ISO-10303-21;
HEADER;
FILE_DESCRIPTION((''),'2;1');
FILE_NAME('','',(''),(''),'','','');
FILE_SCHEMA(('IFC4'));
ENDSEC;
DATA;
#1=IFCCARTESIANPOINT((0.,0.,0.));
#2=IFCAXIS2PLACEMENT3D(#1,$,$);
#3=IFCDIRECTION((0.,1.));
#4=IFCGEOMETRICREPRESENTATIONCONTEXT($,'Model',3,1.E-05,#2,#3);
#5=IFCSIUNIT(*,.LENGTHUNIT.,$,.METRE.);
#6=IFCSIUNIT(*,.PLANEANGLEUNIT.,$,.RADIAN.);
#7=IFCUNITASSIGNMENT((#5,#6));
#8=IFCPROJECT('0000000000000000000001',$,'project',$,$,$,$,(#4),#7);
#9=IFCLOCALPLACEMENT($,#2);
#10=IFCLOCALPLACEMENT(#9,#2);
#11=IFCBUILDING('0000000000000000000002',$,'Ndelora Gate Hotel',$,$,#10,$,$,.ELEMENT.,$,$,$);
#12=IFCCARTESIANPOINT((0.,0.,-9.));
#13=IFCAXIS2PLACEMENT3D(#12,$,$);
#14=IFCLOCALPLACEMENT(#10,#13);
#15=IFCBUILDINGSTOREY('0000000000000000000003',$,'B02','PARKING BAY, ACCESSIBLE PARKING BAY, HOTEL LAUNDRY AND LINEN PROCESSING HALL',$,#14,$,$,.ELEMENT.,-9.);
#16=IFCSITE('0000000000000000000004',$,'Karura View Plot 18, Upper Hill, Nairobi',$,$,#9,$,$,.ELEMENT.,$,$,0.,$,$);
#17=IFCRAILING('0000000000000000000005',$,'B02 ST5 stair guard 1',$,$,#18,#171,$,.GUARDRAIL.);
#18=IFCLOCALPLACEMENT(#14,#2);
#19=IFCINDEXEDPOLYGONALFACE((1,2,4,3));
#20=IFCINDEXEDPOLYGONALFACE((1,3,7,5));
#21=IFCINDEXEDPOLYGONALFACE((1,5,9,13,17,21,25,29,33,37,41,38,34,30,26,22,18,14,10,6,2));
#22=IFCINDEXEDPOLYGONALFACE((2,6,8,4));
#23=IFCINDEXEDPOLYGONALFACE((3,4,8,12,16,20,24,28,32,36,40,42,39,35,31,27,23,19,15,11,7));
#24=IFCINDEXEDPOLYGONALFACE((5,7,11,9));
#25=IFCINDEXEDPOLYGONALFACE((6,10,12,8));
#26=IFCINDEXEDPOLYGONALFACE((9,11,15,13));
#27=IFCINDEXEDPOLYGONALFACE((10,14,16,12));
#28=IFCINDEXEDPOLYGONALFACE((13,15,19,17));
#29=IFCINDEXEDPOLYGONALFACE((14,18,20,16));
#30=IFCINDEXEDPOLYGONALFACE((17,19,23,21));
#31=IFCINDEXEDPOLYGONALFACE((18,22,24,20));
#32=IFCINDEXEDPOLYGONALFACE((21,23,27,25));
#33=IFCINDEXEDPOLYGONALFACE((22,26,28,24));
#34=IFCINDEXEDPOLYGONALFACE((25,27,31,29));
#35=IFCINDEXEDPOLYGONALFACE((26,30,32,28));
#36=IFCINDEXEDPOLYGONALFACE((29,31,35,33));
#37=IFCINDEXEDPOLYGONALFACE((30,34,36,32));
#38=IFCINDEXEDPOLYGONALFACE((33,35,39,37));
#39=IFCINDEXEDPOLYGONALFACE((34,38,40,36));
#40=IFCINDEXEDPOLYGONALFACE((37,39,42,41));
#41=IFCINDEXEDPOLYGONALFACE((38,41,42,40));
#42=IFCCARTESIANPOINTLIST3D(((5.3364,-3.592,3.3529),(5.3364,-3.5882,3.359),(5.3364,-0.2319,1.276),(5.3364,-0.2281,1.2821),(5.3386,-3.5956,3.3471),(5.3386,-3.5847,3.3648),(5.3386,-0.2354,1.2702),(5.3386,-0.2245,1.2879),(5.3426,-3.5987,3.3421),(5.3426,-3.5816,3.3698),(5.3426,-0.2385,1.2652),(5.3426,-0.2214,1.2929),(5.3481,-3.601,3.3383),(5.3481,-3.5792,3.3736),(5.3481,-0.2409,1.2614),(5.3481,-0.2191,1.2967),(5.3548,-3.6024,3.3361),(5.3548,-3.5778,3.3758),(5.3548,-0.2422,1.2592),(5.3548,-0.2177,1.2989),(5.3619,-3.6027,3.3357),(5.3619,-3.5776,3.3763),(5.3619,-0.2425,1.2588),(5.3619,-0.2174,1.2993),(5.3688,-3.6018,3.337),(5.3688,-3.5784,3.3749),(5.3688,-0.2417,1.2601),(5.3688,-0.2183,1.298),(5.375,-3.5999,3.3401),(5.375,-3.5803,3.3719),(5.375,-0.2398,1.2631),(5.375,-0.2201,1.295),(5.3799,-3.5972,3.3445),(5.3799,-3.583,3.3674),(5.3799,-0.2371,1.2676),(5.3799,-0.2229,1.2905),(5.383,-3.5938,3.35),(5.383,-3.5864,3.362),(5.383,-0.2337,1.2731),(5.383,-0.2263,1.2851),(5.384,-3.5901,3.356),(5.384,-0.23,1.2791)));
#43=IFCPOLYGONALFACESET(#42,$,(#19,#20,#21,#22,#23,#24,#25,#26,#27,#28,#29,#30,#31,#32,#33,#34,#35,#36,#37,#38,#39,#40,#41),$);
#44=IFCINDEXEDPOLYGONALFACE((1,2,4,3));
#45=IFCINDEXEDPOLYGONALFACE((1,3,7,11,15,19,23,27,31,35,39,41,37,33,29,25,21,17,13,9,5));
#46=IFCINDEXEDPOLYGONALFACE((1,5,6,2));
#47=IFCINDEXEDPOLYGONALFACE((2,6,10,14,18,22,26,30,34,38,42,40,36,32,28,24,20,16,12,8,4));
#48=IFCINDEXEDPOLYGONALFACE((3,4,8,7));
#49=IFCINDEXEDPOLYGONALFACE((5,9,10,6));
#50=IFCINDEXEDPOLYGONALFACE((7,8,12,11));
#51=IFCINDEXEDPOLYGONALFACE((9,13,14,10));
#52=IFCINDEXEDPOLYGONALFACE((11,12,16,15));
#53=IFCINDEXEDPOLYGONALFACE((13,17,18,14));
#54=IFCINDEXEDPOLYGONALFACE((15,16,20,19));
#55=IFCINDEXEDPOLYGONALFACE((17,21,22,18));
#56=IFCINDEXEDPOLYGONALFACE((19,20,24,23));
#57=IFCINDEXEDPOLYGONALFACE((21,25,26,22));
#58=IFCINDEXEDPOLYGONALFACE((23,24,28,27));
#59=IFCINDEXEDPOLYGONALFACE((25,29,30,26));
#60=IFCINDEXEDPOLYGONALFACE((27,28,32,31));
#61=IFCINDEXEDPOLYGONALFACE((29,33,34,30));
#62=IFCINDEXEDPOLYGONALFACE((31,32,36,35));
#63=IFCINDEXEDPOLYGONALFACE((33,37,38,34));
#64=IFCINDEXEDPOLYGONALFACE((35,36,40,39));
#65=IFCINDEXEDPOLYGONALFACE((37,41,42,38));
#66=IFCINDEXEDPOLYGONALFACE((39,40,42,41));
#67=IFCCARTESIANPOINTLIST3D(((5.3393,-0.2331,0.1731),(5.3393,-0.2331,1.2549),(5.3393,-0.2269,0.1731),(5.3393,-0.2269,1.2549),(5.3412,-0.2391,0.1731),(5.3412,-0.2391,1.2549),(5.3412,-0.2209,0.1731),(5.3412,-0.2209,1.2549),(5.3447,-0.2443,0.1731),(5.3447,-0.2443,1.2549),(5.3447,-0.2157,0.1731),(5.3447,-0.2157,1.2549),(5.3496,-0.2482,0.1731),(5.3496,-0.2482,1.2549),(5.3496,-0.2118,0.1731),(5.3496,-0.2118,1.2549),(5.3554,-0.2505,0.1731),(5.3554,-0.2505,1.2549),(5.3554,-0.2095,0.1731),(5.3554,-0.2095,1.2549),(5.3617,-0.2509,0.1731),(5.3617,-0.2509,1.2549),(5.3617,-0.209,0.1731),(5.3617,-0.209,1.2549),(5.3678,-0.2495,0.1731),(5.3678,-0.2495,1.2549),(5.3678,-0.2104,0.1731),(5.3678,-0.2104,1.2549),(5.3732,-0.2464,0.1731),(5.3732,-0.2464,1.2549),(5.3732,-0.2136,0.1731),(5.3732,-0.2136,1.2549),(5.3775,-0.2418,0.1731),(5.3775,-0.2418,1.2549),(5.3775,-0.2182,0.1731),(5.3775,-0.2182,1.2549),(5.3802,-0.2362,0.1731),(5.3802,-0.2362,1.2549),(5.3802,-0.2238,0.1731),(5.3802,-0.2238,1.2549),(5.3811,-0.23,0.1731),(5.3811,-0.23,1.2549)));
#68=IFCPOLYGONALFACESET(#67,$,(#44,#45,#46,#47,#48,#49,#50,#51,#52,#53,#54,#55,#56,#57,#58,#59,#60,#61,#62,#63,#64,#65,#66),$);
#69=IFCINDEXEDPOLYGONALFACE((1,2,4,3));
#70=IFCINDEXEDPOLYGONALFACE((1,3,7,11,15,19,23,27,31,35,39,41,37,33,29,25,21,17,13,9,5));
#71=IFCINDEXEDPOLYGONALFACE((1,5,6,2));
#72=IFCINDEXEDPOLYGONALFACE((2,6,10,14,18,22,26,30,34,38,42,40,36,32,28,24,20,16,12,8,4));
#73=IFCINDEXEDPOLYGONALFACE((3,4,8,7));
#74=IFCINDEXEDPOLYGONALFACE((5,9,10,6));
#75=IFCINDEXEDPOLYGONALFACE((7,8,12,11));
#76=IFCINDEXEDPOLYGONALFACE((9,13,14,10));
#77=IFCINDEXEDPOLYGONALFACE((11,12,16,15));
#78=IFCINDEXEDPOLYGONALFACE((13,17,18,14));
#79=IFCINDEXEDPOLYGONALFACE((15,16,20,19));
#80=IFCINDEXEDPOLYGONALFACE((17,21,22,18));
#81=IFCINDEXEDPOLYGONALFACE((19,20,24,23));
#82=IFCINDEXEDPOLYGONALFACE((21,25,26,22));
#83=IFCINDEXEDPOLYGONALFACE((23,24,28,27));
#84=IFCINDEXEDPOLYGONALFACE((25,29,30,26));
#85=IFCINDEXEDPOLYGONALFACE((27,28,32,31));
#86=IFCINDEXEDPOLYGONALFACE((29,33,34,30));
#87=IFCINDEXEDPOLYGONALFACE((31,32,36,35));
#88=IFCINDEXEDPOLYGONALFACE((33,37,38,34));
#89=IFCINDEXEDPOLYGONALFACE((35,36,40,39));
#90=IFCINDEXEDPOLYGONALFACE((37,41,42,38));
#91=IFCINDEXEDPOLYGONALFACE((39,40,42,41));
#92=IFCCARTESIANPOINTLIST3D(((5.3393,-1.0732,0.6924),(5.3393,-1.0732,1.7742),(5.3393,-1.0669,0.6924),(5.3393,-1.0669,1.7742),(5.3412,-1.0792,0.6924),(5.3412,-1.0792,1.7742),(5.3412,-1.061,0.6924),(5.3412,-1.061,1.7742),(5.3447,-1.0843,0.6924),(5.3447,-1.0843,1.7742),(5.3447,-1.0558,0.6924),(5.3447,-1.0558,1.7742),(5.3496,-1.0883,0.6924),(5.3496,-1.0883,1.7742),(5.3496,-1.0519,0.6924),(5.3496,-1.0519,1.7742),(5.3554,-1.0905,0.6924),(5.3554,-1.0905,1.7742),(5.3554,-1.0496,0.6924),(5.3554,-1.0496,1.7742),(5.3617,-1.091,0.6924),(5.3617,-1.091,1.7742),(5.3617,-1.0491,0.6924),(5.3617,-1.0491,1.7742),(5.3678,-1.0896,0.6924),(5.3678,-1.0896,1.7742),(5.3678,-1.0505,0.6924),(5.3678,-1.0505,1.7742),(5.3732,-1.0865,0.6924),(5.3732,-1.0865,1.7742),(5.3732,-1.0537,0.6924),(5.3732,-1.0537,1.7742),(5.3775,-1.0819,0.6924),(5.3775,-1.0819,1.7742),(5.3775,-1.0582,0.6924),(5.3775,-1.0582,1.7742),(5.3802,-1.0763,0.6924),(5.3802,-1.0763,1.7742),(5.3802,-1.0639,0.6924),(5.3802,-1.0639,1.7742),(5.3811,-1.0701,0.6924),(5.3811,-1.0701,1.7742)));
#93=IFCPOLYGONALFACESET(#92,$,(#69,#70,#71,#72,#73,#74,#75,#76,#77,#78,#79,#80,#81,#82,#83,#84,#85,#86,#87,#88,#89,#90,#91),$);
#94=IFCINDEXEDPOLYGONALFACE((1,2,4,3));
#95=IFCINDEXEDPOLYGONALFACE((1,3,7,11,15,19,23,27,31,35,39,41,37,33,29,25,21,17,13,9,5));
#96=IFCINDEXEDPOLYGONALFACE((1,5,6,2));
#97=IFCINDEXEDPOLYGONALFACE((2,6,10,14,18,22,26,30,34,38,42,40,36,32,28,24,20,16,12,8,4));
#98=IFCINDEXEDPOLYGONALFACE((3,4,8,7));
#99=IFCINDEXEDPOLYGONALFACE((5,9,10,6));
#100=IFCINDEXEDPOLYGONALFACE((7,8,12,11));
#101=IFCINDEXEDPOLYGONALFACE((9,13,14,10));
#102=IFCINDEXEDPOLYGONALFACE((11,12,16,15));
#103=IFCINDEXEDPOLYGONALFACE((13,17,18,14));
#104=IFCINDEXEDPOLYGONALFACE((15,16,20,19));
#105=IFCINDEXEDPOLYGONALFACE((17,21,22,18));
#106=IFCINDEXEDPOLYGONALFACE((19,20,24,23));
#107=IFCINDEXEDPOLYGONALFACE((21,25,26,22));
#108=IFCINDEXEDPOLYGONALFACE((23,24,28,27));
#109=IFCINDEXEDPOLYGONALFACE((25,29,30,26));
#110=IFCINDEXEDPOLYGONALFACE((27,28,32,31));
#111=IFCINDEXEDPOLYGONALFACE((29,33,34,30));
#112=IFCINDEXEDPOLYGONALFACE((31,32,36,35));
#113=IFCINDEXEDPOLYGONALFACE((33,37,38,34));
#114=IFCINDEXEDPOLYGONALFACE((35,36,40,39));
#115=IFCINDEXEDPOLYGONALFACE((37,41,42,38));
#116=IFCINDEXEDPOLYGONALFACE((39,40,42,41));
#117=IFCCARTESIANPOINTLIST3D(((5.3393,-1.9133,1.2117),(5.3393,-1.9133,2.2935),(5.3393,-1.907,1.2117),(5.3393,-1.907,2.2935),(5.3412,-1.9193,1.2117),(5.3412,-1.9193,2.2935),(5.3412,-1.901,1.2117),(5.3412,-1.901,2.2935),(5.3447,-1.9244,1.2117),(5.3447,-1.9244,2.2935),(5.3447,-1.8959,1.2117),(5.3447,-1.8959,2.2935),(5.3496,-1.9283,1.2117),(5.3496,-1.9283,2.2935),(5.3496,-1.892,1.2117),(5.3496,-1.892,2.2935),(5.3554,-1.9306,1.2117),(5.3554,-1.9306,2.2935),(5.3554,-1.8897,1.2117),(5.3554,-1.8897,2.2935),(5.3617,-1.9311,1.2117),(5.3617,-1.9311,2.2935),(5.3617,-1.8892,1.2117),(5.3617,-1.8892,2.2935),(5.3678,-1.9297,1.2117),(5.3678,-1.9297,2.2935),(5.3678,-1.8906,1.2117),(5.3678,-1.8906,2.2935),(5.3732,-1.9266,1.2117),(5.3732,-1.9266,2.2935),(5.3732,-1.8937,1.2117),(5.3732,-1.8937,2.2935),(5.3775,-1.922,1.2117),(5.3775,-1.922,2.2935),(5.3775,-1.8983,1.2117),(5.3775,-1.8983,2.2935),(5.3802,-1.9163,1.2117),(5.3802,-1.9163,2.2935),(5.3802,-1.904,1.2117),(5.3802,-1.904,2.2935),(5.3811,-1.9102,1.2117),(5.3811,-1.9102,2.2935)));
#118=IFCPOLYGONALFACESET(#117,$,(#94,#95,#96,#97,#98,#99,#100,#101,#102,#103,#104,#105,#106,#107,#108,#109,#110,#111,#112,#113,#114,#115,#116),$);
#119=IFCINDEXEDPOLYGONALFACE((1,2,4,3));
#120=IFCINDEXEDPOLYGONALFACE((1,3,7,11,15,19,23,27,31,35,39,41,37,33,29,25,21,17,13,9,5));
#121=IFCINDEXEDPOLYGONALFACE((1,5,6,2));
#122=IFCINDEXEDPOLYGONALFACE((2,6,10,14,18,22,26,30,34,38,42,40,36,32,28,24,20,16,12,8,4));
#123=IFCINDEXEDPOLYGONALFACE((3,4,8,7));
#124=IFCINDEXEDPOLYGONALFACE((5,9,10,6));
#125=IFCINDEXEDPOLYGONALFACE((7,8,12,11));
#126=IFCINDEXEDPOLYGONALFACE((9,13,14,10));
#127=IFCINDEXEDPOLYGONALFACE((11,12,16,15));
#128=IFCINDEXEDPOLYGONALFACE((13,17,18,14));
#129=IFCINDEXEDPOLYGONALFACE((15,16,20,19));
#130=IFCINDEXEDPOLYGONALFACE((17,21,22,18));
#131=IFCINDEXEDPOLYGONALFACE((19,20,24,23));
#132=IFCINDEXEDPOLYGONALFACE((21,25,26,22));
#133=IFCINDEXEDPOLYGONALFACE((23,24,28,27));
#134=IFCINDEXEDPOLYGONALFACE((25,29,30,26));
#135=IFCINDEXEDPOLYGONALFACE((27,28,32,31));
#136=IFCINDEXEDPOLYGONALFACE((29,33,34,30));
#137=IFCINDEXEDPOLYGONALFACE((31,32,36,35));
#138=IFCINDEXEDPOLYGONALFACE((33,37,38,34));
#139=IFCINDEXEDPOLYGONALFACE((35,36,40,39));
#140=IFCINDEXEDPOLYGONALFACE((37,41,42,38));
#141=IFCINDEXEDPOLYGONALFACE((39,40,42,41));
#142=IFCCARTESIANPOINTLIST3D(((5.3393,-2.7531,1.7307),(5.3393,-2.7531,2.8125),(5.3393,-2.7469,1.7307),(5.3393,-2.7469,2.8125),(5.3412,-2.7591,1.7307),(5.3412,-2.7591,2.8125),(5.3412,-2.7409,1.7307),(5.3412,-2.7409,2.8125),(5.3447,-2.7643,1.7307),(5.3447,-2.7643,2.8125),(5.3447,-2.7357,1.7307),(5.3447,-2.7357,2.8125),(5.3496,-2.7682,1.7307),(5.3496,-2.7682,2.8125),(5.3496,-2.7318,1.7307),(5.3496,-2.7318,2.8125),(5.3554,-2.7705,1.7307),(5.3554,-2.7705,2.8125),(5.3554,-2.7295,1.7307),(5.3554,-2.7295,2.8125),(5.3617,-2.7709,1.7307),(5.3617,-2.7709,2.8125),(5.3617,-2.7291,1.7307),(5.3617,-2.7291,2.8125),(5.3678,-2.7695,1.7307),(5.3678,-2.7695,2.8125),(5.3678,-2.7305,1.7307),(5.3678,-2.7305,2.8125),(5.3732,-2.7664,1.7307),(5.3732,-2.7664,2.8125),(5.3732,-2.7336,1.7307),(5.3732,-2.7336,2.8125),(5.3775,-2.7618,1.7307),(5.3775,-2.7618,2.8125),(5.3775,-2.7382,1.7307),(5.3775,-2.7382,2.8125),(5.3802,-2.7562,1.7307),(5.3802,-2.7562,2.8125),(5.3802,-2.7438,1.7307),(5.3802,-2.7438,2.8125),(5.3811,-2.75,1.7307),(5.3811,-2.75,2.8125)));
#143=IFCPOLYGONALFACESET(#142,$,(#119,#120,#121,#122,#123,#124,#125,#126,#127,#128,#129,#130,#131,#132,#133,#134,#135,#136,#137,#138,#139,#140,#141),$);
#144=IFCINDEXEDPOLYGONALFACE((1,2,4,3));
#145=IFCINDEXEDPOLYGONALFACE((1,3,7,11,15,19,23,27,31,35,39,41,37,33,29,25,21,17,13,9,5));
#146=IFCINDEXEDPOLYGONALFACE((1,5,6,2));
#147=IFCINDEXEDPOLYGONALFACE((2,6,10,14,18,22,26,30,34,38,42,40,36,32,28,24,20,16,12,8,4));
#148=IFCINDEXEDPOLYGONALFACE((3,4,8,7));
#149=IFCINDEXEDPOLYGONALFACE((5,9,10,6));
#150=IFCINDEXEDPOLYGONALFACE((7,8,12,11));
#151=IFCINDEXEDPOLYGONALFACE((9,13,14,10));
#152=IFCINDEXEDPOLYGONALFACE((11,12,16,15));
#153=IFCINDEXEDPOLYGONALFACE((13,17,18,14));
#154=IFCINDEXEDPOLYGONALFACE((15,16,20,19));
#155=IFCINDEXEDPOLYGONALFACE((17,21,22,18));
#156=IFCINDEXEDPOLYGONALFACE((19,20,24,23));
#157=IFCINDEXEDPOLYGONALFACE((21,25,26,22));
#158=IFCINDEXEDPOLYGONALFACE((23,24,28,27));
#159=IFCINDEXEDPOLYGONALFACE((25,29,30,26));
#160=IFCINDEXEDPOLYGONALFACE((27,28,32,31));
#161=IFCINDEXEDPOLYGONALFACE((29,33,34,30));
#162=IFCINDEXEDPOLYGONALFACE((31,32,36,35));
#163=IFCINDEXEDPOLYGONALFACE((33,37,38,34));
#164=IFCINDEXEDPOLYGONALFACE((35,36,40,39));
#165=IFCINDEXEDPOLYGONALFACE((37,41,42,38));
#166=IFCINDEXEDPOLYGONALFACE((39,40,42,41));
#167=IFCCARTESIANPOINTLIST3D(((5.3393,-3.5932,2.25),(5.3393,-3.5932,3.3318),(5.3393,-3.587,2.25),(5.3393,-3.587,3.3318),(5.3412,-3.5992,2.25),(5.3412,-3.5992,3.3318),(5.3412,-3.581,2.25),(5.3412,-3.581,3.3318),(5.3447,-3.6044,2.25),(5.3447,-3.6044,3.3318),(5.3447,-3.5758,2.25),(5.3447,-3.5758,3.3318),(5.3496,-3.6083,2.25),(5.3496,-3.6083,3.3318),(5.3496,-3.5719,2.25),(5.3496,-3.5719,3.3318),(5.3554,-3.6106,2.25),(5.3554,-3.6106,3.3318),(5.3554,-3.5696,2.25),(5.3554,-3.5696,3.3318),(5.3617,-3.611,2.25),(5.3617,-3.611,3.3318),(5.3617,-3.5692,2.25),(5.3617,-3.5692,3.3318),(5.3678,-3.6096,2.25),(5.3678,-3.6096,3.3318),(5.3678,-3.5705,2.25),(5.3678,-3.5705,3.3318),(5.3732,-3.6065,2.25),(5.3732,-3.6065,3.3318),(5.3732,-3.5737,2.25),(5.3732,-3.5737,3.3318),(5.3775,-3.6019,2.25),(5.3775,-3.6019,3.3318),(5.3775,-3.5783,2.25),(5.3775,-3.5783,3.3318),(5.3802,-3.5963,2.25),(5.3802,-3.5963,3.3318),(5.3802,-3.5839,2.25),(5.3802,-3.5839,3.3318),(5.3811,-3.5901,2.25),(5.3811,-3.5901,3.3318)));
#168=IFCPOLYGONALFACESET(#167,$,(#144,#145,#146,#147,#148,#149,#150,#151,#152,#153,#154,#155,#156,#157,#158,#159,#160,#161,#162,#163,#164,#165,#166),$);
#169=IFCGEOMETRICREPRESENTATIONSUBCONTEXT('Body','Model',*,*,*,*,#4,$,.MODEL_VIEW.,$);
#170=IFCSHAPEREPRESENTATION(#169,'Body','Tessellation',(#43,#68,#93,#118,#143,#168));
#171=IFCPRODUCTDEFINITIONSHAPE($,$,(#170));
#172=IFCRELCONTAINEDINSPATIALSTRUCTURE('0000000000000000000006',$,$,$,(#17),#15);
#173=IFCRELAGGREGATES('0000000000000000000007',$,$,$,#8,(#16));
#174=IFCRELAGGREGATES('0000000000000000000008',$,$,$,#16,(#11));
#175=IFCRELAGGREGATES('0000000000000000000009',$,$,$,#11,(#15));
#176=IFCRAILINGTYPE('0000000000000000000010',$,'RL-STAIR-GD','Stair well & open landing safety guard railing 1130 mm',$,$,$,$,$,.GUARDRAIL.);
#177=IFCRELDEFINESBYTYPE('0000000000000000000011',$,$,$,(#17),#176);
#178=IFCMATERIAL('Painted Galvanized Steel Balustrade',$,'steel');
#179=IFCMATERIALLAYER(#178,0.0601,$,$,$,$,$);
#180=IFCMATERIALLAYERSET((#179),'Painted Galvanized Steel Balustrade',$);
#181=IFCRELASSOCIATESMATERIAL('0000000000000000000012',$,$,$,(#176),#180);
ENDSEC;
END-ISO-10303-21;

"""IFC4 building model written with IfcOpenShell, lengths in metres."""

from ifc_helpers import new_model, si_unit, direction, frame, origin, origin_2d, place, context, subcontext, project, spatial, circle, extrude, material, layer, layer_set, type_object, element, save


model = new_model("IFC4")

# Units and contexts
model_context = context("Model", 3, precision=1e-05, world=origin(), true_north=direction((0.0, 1.0)))
body_context = subcontext(model_context, "Body", "Model", "MODEL_VIEW")
ifc_project = project(units=[si_unit("LENGTHUNIT", "METRE"), si_unit("PLANEANGLEUNIT", "RADIAN")], contexts=[model_context])

# Site, building, storey
site_placement = place(None, origin())
site = spatial("IfcSite", under=ifc_project, at=site_placement, Name="Karura View Plot 18, Upper Hill, Nairobi", CompositionType="ELEMENT", RefElevation=0.0)
building_placement = place(site_placement, origin())
building = spatial("IfcBuilding", under=site, at=building_placement, Name="Ndelora Gate Hotel", CompositionType="ELEMENT")
storey_placement = place(building_placement, frame((0.0, 0.0, -9.0)))
storey = spatial("IfcBuildingStorey", under=building, at=storey_placement, Name="B02", Description="PARKING BAY, ACCESSIBLE PARKING BAY, HOTEL LAUNDRY AND LINEN PROCESSING HALL", CompositionType="ELEMENT", Elevation=-9.0)

# Railing
ifc_material_1 = material(Name="Painted Galvanized Steel Balustrade", Category="steel")
ifc_layer_1 = layer(ifc_material_1, 0.0601)
ifc_layer_set_1 = layer_set([ifc_layer_1], Name="Painted Galvanized Steel Balustrade")
railing_type_1 = type_object("IfcRailingType", Name="RL-STAIR-GD", Description="Stair well & open landing safety guard railing 1130 mm", PredefinedType="GUARDRAIL", material=ifc_layer_set_1)
railing_1_placement = place(storey_placement, frame((5.3601, -0.23, 0.1731)))
element("IfcRailing", 1, at=railing_1_placement, inside=storey, type_object=railing_type_1, Name="B02 ST5 stair guard 1", PredefinedType="GUARDRAIL", context=body_context, shape_type="SweptSolid", body=[
    extrude(circle(Radius=0.0239, at=origin_2d()), frame((0.0, 0.0, 1.106), z_axis=(0.0, -0.850623, 0.525776), x_axis=(1.0, 0.0, 0.0)), (0.0, 0.0, 1.0), 3.9502),
    extrude(circle(Radius=0.021, at=origin_2d()), origin(), (0.0, 0.0, 1.0), 1.0818),
    extrude(circle(Radius=0.021, at=origin_2d()), frame((0.0, -0.8401, 0.5193)), (0.0, 0.0, 1.0), 1.0818),
    extrude(circle(Radius=0.021, at=origin_2d()), frame((0.0, -1.6802, 1.0386)), (0.0, 0.0, 1.0), 1.0818),
    extrude(circle(Radius=0.021, at=origin_2d()), frame((0.0, -2.52, 1.5576)), (0.0, 0.0, 1.0), 1.0818),
    extrude(circle(Radius=0.021, at=origin_2d()), frame((0.0, -3.3601, 2.0769)), (0.0, 0.0, 1.0), 1.0818),
])

save(model, "model.ifc")
